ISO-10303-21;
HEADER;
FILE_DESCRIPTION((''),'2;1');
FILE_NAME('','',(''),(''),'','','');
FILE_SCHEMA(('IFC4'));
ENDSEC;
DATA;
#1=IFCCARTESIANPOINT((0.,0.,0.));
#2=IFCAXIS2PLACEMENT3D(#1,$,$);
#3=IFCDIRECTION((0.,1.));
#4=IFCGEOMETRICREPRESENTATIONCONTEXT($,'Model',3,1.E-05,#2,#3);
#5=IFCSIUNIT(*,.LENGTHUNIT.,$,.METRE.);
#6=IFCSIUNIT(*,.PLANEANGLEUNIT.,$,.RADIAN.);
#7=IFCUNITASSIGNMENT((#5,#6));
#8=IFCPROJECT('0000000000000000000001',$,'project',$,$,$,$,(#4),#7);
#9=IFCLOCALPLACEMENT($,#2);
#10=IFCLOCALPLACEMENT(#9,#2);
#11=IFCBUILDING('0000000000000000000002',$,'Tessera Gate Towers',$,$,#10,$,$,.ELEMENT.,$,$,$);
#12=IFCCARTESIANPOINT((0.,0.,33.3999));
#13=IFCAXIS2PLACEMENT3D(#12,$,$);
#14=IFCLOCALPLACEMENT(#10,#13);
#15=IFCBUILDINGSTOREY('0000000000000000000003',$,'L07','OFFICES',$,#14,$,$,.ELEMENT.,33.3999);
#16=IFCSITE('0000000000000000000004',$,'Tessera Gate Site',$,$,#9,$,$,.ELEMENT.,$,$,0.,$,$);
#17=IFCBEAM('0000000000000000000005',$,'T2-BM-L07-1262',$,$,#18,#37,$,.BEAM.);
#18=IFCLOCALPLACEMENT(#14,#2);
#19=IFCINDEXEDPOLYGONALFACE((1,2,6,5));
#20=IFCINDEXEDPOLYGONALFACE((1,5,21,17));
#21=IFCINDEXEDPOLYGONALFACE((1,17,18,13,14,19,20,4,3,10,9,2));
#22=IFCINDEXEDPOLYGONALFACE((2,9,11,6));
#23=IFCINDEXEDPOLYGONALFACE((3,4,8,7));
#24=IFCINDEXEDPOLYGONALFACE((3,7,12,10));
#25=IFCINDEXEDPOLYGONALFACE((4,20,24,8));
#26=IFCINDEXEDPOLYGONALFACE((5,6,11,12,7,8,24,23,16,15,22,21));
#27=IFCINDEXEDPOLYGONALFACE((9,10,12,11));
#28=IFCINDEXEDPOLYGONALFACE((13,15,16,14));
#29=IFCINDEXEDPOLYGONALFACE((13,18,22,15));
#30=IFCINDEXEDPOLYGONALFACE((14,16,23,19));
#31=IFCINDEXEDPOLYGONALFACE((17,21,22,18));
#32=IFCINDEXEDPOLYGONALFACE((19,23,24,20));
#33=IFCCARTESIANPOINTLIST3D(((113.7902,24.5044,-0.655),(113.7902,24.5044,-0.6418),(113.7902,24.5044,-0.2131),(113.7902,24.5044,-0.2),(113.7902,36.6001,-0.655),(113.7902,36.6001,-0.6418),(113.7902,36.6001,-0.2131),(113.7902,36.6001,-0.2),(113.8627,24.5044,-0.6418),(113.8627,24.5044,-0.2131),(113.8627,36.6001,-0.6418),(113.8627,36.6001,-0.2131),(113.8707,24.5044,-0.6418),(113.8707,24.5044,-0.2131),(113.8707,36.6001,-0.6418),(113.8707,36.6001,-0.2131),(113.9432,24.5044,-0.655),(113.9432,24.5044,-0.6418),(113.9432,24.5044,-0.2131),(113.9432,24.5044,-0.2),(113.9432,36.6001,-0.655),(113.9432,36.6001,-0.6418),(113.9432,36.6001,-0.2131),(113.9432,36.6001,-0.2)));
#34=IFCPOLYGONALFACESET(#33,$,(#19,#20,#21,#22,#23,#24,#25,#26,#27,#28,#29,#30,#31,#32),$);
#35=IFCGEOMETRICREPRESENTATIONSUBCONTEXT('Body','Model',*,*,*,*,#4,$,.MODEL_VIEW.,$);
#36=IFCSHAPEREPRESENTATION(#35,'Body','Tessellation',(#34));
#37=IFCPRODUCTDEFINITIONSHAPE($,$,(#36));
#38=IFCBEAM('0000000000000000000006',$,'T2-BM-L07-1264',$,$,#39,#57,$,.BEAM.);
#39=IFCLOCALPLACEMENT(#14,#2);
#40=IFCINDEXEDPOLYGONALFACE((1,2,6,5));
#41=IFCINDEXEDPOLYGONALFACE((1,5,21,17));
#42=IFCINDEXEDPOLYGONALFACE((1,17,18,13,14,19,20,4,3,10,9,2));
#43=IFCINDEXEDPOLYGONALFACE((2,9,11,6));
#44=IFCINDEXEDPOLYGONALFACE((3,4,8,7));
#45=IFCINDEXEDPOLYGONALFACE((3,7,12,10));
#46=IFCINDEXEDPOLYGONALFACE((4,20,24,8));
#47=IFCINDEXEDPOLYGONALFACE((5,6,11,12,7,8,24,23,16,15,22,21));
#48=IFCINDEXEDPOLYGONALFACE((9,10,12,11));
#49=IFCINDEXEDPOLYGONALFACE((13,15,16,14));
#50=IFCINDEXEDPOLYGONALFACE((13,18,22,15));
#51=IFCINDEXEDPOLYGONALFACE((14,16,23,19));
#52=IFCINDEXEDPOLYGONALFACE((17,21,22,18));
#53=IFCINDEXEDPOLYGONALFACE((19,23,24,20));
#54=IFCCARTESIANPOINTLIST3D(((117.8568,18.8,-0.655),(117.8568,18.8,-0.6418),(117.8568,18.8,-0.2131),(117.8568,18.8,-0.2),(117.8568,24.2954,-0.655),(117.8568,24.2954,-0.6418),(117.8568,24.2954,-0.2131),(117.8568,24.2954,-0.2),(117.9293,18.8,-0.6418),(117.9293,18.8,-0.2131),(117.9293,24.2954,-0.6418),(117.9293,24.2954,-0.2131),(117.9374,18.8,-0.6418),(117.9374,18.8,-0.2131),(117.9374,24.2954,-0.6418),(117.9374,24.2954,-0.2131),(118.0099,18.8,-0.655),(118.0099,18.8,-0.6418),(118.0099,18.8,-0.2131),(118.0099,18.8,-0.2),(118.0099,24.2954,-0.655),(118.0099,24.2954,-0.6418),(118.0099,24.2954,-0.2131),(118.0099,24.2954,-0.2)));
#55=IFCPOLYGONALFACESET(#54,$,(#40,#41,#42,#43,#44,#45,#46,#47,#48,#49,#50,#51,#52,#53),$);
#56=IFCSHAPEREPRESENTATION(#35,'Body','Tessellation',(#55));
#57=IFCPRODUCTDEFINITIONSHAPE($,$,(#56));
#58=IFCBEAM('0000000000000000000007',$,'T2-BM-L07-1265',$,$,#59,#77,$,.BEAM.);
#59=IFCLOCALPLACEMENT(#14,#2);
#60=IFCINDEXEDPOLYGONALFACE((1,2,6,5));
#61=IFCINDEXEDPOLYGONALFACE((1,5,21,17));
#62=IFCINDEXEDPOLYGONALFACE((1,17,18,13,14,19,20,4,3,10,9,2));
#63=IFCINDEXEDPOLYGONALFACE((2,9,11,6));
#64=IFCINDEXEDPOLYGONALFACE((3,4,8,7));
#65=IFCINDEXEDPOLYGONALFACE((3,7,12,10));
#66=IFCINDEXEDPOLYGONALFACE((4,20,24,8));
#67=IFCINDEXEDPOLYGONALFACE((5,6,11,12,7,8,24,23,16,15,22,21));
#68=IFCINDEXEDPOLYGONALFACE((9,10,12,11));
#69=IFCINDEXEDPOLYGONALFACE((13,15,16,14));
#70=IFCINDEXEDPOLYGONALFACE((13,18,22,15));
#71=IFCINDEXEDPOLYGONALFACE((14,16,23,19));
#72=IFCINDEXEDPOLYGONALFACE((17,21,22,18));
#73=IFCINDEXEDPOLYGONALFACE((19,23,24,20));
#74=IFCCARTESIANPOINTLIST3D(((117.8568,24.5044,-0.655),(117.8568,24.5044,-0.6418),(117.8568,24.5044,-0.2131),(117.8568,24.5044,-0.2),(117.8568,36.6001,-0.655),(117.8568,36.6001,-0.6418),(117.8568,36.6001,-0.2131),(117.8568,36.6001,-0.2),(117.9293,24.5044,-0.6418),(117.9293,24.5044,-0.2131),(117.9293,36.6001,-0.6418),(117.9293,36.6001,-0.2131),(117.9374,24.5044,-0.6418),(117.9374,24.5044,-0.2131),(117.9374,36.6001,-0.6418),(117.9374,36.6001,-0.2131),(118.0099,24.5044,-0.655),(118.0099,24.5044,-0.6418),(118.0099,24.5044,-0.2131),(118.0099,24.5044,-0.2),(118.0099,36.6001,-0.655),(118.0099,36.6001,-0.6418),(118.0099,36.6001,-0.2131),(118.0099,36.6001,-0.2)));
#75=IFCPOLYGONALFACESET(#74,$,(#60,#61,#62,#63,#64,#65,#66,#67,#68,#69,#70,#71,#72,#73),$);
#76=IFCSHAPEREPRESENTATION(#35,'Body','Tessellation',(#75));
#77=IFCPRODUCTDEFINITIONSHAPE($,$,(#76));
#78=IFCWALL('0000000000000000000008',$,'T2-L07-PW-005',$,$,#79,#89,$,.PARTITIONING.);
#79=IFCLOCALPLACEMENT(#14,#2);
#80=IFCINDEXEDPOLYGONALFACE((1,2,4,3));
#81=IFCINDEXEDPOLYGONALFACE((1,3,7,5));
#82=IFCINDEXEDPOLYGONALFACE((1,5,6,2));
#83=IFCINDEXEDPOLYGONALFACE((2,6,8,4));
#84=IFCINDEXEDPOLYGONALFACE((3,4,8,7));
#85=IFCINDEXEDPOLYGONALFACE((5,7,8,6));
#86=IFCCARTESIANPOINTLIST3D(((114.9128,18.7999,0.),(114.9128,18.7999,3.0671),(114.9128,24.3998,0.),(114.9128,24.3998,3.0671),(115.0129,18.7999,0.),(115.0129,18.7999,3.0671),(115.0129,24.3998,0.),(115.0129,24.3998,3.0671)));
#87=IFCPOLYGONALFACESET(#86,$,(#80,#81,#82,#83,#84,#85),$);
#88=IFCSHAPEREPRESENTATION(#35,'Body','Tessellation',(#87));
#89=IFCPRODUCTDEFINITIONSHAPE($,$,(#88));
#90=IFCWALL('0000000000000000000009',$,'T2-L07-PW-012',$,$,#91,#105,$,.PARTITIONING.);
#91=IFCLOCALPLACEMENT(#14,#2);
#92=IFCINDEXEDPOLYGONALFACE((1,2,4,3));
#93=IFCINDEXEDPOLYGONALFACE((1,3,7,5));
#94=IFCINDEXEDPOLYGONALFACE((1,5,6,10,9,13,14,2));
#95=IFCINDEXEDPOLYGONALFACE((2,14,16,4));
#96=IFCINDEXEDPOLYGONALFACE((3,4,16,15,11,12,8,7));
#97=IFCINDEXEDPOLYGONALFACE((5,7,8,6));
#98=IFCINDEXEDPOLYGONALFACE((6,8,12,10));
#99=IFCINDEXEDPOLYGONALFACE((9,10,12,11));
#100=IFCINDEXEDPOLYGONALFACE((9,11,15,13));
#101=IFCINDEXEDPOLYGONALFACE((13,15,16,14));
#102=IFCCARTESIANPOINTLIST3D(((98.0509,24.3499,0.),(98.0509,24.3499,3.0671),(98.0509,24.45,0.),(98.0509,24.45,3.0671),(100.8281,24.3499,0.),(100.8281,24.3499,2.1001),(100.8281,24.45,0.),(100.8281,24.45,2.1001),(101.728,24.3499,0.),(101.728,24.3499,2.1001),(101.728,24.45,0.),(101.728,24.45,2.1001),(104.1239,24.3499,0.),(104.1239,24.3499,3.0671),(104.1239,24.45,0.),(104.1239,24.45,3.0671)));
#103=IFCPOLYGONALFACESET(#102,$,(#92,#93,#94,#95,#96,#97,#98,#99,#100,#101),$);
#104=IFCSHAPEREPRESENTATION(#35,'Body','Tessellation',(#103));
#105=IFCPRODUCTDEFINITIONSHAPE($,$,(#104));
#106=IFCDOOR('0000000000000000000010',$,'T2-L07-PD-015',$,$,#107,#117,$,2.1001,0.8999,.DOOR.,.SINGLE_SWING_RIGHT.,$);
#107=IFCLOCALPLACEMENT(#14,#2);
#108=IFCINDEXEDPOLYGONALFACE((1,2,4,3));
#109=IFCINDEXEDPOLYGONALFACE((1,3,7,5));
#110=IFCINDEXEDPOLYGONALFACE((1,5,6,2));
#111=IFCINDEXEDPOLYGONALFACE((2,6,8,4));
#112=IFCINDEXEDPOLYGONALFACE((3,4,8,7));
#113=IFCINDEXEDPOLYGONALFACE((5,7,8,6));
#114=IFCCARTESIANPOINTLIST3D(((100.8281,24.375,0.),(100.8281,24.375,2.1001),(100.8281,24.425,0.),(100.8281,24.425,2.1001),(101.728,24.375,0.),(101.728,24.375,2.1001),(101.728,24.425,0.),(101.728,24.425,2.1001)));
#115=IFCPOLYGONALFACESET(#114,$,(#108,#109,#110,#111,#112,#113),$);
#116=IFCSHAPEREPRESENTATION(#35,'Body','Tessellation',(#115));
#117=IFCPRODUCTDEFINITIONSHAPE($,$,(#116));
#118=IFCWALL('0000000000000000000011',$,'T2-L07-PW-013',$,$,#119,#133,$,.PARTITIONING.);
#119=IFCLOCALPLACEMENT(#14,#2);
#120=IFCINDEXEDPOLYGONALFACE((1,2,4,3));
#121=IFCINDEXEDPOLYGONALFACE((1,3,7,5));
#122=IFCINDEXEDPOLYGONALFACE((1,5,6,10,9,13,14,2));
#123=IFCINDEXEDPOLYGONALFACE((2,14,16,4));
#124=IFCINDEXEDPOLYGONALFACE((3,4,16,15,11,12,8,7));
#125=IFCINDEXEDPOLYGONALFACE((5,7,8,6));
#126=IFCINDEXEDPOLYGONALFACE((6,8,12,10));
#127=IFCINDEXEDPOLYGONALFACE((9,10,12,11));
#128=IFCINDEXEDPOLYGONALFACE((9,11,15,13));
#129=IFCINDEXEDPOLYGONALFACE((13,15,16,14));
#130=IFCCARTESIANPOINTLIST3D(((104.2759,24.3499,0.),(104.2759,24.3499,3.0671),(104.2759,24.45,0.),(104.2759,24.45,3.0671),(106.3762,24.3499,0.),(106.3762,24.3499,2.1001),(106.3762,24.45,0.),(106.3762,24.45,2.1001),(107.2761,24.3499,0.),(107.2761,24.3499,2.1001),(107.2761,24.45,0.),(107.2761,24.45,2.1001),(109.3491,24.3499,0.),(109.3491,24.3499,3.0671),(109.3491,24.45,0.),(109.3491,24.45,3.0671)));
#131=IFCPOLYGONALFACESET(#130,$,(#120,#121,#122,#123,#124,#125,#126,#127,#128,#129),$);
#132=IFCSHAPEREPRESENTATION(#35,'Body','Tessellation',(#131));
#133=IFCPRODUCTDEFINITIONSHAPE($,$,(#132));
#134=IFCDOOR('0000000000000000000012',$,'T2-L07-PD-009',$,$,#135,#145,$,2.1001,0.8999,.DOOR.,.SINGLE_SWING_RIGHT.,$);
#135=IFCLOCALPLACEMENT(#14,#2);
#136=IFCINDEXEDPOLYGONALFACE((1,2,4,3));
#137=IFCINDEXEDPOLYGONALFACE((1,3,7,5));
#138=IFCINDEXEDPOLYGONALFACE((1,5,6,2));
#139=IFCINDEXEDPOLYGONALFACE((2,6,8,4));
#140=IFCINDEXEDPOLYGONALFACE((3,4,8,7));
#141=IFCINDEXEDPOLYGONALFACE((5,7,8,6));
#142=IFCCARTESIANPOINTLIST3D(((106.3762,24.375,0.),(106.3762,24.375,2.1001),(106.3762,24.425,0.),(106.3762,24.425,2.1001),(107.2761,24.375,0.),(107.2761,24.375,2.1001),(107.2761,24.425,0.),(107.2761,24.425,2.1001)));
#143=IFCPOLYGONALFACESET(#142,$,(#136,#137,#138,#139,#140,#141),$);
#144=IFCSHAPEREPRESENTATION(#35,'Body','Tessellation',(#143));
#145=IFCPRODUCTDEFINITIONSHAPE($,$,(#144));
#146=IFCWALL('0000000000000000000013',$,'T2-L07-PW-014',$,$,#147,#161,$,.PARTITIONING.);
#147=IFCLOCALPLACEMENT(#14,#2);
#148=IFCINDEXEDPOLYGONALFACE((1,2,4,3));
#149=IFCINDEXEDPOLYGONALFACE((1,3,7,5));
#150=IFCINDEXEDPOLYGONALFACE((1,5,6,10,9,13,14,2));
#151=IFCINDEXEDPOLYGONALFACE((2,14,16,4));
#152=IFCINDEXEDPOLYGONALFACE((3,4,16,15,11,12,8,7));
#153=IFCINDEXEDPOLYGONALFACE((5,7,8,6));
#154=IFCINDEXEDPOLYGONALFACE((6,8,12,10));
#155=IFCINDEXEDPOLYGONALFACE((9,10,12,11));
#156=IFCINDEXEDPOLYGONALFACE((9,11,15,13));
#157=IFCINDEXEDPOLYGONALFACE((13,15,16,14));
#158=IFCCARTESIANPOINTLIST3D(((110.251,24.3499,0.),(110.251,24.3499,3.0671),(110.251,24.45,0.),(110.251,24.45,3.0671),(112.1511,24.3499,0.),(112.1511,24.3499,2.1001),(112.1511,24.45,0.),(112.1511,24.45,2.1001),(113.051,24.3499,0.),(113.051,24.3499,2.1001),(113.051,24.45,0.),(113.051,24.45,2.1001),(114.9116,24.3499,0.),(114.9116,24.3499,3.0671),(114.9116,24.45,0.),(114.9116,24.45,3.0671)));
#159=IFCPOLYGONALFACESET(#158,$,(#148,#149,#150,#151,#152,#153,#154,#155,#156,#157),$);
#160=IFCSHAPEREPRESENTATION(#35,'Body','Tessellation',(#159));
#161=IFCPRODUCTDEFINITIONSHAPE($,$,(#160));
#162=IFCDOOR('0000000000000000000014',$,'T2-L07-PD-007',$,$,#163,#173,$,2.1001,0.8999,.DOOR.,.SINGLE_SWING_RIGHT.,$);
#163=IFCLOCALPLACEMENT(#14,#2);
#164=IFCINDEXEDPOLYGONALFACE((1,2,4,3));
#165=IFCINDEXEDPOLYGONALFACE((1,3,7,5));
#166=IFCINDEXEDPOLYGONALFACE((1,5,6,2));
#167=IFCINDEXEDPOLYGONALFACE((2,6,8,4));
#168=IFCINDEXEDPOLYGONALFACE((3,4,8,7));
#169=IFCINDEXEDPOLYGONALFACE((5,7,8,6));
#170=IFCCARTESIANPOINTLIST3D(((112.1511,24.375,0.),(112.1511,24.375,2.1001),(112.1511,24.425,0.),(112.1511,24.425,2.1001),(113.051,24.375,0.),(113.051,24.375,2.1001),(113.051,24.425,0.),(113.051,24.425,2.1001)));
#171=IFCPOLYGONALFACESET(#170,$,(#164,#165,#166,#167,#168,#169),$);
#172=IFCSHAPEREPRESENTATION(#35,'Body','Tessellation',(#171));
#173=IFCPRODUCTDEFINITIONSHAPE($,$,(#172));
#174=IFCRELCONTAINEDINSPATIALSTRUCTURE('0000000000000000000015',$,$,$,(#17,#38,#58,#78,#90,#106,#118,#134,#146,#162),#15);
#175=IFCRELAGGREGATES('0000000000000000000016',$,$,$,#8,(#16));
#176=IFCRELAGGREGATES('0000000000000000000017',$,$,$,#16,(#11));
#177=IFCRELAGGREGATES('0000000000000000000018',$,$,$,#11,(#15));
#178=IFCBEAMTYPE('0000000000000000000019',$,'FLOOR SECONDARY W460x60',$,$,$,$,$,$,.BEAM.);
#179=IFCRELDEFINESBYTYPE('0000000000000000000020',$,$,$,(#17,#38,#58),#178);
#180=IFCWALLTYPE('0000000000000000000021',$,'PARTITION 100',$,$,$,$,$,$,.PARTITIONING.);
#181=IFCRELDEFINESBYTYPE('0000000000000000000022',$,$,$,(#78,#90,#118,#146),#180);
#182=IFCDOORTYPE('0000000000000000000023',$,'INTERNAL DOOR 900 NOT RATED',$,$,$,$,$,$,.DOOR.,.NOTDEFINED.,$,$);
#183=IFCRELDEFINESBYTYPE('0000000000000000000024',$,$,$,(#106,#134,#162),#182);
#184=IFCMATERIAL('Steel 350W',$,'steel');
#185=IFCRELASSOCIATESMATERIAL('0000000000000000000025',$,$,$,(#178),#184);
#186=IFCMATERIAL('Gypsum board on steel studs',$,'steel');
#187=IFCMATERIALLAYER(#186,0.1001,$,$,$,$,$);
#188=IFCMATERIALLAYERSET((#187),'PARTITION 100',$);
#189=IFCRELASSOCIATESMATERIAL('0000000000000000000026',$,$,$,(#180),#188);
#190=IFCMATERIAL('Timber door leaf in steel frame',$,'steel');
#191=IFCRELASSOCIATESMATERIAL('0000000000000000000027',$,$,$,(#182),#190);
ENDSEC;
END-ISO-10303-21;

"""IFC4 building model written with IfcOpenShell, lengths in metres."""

from ifc_helpers import new_model, si_unit, direction, frame, frame_2d, origin, origin_2d, place, context, subcontext, project, spatial, rectangle, i_section, extrude, source, transform, mapped, material, layer, layer_set, material_profile, profile_set, type_object, element, fill, save


model = new_model("IFC4")

# Units and contexts
model_context = context("Model", 3, precision=1e-05, world=origin(), true_north=direction((0.0, 1.0)))
body_context = subcontext(model_context, "Body", "Model", "MODEL_VIEW")
ifc_project = project(units=[si_unit("LENGTHUNIT", "METRE"), si_unit("PLANEANGLEUNIT", "RADIAN")], contexts=[model_context])

# Site, building, storey
site_placement = place(None, origin())
site = spatial("IfcSite", under=ifc_project, at=site_placement, Name="Tessera Gate Site", CompositionType="ELEMENT", RefElevation=0.0)
building_placement = place(site_placement, origin())
building = spatial("IfcBuilding", under=site, at=building_placement, Name="Tessera Gate Towers", CompositionType="ELEMENT")
storey_placement = place(building_placement, frame((0.0, 0.0, 33.3999)))
storey = spatial("IfcBuildingStorey", under=building, at=storey_placement, Name="L07", Description="OFFICES", CompositionType="ELEMENT", Elevation=33.3999)

# Beams
ifc_material_1 = material(Name="Steel 350W", Category="steel")
ifc_material_profile_1 = material_profile(ifc_material_1, i_section(OverallWidth=0.1531, OverallDepth=0.4551, WebThickness=0.0081, FlangeThickness=0.0132, at=origin_2d()), Name="W460x60")
ifc_profile_set_1 = profile_set([ifc_material_profile_1], Name="Steel 350W")
beam_type_1 = type_object("IfcBeamType", Name="FLOOR SECONDARY W460x60", PredefinedType="BEAM", material=ifc_profile_set_1)
beam_1_placement = place(storey_placement, frame((113.8667, 24.5044, -0.4275), z_axis=(0.0, 1.0, 0.0), x_axis=(-1.0, 0.0, 0.0)))
element("IfcBeam", 1, at=beam_1_placement, inside=storey, type_object=beam_type_1, Name="T2-BM-L07-1262", PredefinedType="BEAM", context=body_context, shape_type="SweptSolid", body=[
    extrude(i_section(OverallWidth=0.1531, OverallDepth=0.4551, WebThickness=0.0081, FlangeThickness=0.0132, at=origin_2d()), origin(), (0.0, 0.0, 1.0), 12.0957),
])
beam_2_placement = place(storey_placement, frame((117.9333, 18.8, -0.4275), z_axis=(0.0, 1.0, 0.0), x_axis=(-1.0, 0.0, 0.0)))
element("IfcBeam", 2, at=beam_2_placement, inside=storey, type_object=beam_type_1, Name="T2-BM-L07-1264", PredefinedType="BEAM", context=body_context, shape_type="SweptSolid", body=[
    extrude(i_section(OverallWidth=0.1531, OverallDepth=0.4551, WebThickness=0.0081, FlangeThickness=0.0132, at=origin_2d()), origin(), (0.0, 0.0, 1.0), 5.4954),
])
beam_3_placement = place(storey_placement, frame((117.9333, 24.5044, -0.4275), z_axis=(0.0, 1.0, 0.0), x_axis=(-1.0, 0.0, 0.0)))
element("IfcBeam", 3, at=beam_3_placement, inside=storey, type_object=beam_type_1, Name="T2-BM-L07-1265", PredefinedType="BEAM", context=body_context, shape_type="SweptSolid", body=[
    extrude(i_section(OverallWidth=0.1531, OverallDepth=0.4551, WebThickness=0.0081, FlangeThickness=0.0132, at=origin_2d()), origin(), (0.0, 0.0, 1.0), 12.0957),
])

# Wall
ifc_material_2 = material(Name="Gypsum board on steel studs", Category="steel")
ifc_layer_1 = layer(ifc_material_2, 0.1001)
ifc_layer_set_1 = layer_set([ifc_layer_1], Name="PARTITION 100")
wall_type_1 = type_object("IfcWallType", Name="PARTITION 100", PredefinedType="PARTITIONING", material=ifc_layer_set_1)
wall_1_placement = place(storey_placement, frame((114.9629, 18.8, 0.0), z_axis=(0.0, 0.0, 1.0), x_axis=(0.0, 1.0, 0.0)))
element("IfcWall", 4, at=wall_1_placement, inside=storey, type_object=wall_type_1, Name="T2-L07-PW-005", PredefinedType="PARTITIONING", context=body_context, shape_type="SweptSolid", body=[
    extrude(rectangle(XDim=5.5999, YDim=0.1001, at=frame_2d((2.7998, 0.0))), origin(), (0.0, 0.0, 1.0), 3.0671),
])

# Walls, openings, doors
wall_2_placement = place(storey_placement, frame((104.124, 24.3999, 0.0), z_axis=(0.0, 0.0, 1.0), x_axis=(-1.0, 0.0, 0.0)))
wall_2 = element("IfcWall", 5, at=wall_2_placement, inside=storey, type_object=wall_type_1, Name="T2-L07-PW-012", PredefinedType="PARTITIONING", context=body_context, shape_type="SweptSolid", body=[
    extrude(rectangle(XDim=6.073, YDim=0.1001, at=frame_2d((3.0366, 0.0))), origin(), (0.0, 0.0, 1.0), 3.0671),
])
shared_shape_1 = source(origin(), body_context, "Body", "SweptSolid", [
    extrude(rectangle(XDim=0.8999, YDim=2.1001, at=frame_2d((0.45, 1.05))), frame((0.0, 0.0601, 0.0), z_axis=(0.0, -1.0, 0.0), x_axis=(1.0, 0.0, 0.0)), (0.0, 0.0, 1.0), 0.1201),
])
opening_1_placement = place(wall_2_placement, frame((2.396, 0.0, 0.0)))
opening_1 = element("IfcOpeningElement", 6, at=opening_1_placement, cuts=wall_2, PredefinedType="OPENING", context=body_context, shape_type="MappedRepresentation", body=[
    mapped(shared_shape_1, transform((0.0, 0.0, 0.0), scale=1.0)),
])
ifc_material_3 = material(Name="Timber door leaf in steel frame", Category="steel")
door_type = type_object("IfcDoorType", Name="INTERNAL DOOR 900 NOT RATED", OperationType="NOTDEFINED", PredefinedType="DOOR", material=ifc_material_3)
shared_shape_2 = source(origin(), body_context, "Body", "SweptSolid", [
    extrude(rectangle(XDim=0.8999, YDim=2.1001, at=frame_2d((0.45, 1.05))), frame((0.0, 0.0249, 0.0), z_axis=(0.0, -1.0, 0.0), x_axis=(1.0, 0.0, 0.0)), (0.0, 0.0, 1.0), 0.05),
])
door_1_placement = place(opening_1_placement, origin())
door_1 = element("IfcDoor", 7, at=door_1_placement, inside=storey, type_object=door_type, Name="T2-L07-PD-015", OperationType="SINGLE_SWING_RIGHT", OverallHeight=2.1001, OverallWidth=0.8999, PredefinedType="DOOR", context=body_context, shape_type="MappedRepresentation", body=[
    mapped(shared_shape_2, transform((0.0, 0.0, 0.0), scale=1.0)),
])
fill(opening_1, door_1)
wall_3_placement = place(storey_placement, frame((109.3491, 24.3999, 0.0), z_axis=(0.0, 0.0, 1.0), x_axis=(-1.0, 0.0, 0.0)))
wall_3 = element("IfcWall", 8, at=wall_3_placement, inside=storey, type_object=wall_type_1, Name="T2-L07-PW-013", PredefinedType="PARTITIONING", context=body_context, shape_type="SweptSolid", body=[
    extrude(rectangle(XDim=5.0732, YDim=0.1001, at=frame_2d((2.5366, 0.0))), origin(), (0.0, 0.0, 1.0), 3.0671),
])
opening_2_placement = place(wall_3_placement, frame((2.073, 0.0, 0.0)))
opening_2 = element("IfcOpeningElement", 9, at=opening_2_placement, cuts=wall_3, PredefinedType="OPENING", context=body_context, shape_type="MappedRepresentation", body=[
    mapped(shared_shape_1, transform((0.0, 0.0, 0.0), scale=1.0)),
])
door_2_placement = place(opening_2_placement, origin())
door_2 = element("IfcDoor", 10, at=door_2_placement, inside=storey, type_object=door_type, Name="T2-L07-PD-009", OperationType="SINGLE_SWING_RIGHT", OverallHeight=2.1001, OverallWidth=0.8999, PredefinedType="DOOR", context=body_context, shape_type="MappedRepresentation", body=[
    mapped(shared_shape_2, transform((0.0, 0.0, 0.0), scale=1.0)),
])
fill(opening_2, door_2)
wall_4_placement = place(storey_placement, frame((114.9116, 24.3999, 0.0), z_axis=(0.0, 0.0, 1.0), x_axis=(-1.0, 0.0, 0.0)))
wall_4 = element("IfcWall", 11, at=wall_4_placement, inside=storey, type_object=wall_type_1, Name="T2-L07-PW-014", PredefinedType="PARTITIONING", context=body_context, shape_type="SweptSolid", body=[
    extrude(rectangle(XDim=4.6606, YDim=0.1001, at=frame_2d((2.3303, 0.0))), origin(), (0.0, 0.0, 1.0), 3.0671),
])
opening_3_placement = place(wall_4_placement, frame((1.8606, 0.0, 0.0)))
opening_3 = element("IfcOpeningElement", 12, at=opening_3_placement, cuts=wall_4, PredefinedType="OPENING", context=body_context, shape_type="MappedRepresentation", body=[
    mapped(shared_shape_1, transform((0.0, 0.0, 0.0), scale=1.0)),
])
door_3_placement = place(opening_3_placement, origin())
door_3 = element("IfcDoor", 13, at=door_3_placement, inside=storey, type_object=door_type, Name="T2-L07-PD-007", OperationType="SINGLE_SWING_RIGHT", OverallHeight=2.1001, OverallWidth=0.8999, PredefinedType="DOOR", context=body_context, shape_type="MappedRepresentation", body=[
    mapped(shared_shape_2, transform((0.0, 0.0, 0.0), scale=1.0)),
])
fill(opening_3, door_3)

save(model, "model.ifc")
